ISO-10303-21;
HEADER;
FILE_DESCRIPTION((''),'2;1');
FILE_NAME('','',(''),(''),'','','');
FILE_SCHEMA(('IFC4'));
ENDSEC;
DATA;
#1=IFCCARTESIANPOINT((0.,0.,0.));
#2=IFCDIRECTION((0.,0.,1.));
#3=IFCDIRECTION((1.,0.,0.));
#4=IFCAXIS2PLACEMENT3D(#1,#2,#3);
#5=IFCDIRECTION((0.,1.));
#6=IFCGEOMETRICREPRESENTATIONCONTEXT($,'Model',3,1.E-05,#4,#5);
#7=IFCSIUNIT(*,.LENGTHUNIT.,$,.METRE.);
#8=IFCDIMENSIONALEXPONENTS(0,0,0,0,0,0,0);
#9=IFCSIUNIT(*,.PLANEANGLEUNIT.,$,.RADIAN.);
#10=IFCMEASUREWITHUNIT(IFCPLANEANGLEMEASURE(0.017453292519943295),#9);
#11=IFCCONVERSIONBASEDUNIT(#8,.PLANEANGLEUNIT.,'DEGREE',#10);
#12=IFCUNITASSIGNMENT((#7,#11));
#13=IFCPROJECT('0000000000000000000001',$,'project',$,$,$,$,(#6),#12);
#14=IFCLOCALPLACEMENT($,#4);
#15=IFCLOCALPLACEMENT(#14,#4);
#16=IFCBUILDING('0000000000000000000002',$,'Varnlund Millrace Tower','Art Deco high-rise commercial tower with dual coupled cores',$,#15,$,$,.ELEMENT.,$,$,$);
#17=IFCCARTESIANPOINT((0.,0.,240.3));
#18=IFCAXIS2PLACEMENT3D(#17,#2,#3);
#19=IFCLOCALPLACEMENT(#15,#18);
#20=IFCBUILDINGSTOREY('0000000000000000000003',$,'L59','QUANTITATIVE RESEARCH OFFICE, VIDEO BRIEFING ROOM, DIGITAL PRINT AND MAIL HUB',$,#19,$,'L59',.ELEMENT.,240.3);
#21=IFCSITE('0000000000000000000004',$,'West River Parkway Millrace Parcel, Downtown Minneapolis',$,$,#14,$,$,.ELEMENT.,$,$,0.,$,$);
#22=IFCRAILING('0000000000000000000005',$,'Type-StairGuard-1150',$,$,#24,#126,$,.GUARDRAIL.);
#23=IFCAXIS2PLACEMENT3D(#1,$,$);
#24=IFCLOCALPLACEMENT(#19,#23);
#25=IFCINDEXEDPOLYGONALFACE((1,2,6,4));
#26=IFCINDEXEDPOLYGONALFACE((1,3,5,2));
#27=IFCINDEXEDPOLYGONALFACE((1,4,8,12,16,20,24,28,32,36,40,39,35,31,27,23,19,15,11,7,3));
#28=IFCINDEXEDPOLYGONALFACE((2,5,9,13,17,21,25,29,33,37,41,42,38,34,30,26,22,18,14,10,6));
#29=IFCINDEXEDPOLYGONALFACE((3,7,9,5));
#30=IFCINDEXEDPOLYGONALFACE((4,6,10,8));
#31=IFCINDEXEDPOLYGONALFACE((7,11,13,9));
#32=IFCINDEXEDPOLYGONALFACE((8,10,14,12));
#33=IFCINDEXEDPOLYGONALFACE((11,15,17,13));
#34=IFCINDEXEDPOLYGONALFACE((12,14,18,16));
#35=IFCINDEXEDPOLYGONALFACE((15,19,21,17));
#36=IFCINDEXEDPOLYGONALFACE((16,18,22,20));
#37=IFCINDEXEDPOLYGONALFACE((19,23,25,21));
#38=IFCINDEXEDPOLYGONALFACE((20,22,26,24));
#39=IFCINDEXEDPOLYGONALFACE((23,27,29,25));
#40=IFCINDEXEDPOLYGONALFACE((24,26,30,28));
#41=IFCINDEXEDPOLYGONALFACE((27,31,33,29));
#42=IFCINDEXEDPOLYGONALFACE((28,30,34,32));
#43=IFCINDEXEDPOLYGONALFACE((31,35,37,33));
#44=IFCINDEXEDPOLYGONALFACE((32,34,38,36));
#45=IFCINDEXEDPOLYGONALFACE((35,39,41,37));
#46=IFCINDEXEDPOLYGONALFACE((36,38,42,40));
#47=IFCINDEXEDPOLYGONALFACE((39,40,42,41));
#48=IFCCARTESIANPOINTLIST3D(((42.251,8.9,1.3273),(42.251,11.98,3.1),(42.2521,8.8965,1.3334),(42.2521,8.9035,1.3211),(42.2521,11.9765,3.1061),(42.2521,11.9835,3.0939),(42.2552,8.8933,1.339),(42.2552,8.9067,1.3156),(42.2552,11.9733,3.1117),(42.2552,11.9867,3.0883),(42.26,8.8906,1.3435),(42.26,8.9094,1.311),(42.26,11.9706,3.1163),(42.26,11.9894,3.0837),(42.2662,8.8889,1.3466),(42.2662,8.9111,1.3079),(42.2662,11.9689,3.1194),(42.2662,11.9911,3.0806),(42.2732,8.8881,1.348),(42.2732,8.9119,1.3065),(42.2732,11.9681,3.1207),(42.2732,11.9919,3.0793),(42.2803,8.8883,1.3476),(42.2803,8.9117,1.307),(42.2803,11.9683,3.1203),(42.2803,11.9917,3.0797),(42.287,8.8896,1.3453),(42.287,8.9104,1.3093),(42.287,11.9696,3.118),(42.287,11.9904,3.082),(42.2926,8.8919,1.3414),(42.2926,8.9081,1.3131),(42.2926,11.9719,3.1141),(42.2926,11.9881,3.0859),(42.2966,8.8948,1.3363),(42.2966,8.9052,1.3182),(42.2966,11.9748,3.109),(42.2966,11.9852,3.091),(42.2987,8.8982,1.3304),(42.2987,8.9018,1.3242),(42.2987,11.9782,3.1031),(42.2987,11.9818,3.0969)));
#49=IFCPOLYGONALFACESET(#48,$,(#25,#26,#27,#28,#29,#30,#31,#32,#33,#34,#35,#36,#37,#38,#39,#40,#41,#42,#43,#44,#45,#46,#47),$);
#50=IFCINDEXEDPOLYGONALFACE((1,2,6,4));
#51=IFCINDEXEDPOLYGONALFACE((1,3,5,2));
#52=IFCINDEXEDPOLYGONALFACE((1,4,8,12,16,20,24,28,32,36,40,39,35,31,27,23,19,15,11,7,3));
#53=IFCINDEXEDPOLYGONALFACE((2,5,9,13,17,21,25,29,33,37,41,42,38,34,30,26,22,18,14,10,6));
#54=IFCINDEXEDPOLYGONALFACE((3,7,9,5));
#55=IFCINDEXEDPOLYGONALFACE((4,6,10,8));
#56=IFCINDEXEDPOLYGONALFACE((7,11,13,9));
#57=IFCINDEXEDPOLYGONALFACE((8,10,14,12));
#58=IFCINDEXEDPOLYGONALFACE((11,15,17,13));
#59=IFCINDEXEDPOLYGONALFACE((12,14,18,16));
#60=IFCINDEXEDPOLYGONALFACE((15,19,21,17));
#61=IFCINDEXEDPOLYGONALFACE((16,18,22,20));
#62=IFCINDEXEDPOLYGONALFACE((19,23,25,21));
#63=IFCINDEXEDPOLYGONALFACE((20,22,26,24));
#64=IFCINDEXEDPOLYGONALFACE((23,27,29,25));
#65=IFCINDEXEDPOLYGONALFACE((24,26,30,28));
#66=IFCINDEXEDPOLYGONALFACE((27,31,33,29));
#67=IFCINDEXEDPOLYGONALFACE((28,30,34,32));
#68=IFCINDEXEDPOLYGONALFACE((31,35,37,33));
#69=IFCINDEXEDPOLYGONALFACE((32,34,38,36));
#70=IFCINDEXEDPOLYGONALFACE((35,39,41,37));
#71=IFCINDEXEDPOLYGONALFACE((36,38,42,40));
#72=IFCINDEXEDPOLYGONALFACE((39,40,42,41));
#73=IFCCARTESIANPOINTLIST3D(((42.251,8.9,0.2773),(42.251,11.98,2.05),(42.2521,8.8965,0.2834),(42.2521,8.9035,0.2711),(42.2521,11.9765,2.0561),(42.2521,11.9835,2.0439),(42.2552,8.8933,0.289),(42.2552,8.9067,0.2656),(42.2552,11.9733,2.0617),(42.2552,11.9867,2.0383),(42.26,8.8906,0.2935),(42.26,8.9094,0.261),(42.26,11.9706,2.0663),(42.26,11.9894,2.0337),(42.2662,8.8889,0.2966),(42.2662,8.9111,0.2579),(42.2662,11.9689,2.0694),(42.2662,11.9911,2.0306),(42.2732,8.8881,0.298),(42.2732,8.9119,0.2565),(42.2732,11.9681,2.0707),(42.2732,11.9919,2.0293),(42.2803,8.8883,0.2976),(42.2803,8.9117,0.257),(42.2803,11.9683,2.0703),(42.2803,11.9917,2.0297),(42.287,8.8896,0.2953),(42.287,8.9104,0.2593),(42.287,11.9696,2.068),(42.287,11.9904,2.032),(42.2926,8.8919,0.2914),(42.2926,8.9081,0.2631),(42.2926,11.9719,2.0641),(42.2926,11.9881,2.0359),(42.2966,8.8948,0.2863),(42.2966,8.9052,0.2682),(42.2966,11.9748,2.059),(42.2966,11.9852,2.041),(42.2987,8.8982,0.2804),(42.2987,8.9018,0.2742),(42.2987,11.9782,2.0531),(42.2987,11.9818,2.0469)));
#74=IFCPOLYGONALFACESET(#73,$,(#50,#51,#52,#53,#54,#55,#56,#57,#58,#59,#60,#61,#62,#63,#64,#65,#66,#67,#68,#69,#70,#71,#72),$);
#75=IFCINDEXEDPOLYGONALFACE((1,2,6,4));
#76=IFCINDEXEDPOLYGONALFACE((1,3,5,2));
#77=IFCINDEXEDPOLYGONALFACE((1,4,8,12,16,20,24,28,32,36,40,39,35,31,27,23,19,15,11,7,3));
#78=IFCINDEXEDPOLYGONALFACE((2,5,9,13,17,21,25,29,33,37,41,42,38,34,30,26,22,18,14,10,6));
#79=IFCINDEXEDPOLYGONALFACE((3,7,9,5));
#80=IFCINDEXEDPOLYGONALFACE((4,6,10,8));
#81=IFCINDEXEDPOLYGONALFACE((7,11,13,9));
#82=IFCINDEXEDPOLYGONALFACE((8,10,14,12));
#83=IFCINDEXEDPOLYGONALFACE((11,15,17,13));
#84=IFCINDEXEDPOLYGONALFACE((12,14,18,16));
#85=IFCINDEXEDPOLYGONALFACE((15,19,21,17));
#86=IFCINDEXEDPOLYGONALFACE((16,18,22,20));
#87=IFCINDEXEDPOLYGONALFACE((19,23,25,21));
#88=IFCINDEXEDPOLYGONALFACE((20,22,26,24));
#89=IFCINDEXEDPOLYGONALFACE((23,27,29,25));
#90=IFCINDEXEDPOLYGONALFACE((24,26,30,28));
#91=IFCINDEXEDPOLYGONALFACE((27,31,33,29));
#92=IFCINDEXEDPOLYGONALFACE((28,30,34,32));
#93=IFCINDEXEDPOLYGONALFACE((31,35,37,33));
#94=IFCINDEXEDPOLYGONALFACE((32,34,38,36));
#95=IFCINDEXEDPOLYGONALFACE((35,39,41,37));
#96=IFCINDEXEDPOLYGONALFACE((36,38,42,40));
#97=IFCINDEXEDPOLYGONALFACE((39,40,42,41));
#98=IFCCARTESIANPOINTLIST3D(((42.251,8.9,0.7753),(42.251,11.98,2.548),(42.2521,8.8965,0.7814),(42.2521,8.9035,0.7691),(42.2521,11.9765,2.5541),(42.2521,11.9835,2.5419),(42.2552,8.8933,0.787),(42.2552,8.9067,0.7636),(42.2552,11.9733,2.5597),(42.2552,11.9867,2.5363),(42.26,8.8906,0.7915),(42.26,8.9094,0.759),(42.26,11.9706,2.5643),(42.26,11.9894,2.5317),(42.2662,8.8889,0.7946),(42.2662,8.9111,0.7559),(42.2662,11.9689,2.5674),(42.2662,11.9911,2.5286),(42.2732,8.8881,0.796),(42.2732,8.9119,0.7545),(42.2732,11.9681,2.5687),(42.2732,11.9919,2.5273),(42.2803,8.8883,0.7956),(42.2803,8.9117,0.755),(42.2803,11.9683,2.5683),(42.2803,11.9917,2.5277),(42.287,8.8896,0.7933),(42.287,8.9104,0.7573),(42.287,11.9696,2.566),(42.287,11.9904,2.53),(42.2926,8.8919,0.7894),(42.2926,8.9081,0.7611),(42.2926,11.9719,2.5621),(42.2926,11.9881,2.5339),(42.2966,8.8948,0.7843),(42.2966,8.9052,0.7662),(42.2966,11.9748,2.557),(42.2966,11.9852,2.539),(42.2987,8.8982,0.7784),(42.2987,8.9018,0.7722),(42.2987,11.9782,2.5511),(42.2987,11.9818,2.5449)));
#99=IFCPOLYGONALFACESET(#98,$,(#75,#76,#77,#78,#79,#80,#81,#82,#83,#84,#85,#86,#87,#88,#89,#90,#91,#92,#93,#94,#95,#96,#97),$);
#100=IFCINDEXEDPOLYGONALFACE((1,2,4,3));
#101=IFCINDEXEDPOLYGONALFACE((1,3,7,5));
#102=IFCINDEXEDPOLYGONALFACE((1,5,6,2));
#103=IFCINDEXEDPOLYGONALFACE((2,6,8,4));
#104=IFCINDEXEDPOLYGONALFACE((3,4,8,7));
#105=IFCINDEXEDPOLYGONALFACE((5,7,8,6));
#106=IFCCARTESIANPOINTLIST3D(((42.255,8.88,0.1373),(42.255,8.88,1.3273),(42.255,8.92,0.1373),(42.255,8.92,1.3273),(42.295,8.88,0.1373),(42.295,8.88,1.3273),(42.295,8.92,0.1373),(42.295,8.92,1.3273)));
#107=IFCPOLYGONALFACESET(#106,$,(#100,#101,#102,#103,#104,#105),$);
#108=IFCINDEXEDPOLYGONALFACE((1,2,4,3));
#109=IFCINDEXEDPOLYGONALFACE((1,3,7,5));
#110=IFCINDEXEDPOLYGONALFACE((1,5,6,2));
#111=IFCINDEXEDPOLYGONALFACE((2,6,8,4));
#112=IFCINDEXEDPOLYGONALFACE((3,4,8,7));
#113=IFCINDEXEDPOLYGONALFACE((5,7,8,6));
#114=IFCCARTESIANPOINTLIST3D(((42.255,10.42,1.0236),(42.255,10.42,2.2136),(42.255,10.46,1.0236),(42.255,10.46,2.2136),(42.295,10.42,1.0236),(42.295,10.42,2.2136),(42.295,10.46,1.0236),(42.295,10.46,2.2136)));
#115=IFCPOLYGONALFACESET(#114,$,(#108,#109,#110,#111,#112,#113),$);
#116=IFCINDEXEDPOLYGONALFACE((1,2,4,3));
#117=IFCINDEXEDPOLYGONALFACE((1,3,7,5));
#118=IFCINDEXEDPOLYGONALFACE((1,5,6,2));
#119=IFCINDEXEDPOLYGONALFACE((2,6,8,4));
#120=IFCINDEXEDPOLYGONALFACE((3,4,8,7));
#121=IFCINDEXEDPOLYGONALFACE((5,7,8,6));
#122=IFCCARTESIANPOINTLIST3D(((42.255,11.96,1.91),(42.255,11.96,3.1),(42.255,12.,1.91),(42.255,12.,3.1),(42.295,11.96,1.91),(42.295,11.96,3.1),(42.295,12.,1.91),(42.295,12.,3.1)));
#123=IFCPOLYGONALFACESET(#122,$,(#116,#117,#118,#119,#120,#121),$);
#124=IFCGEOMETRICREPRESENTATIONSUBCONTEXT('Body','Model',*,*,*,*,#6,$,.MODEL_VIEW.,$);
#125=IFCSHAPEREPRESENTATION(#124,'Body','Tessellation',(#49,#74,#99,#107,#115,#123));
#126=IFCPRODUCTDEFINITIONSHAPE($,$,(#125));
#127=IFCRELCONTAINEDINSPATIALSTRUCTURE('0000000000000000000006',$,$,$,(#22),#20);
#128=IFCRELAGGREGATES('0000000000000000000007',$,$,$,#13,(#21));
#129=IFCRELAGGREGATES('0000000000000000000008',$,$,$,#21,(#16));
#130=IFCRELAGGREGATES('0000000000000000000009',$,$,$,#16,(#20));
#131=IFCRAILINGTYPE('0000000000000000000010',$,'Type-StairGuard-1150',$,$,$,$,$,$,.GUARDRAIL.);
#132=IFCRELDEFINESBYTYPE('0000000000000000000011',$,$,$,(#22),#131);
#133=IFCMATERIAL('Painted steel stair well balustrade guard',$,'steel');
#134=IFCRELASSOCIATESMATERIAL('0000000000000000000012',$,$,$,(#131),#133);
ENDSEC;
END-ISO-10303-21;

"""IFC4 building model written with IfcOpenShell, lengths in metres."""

from ifc_helpers import new_model, entity, si_unit, converted_unit, direction, frame, origin_with_axes, origin_2d_with_axis, place, context, subcontext, project, spatial, rectangle, circle, extrude, material, type_object, element, save


model = new_model("IFC4")

# Units and contexts
model_context = context("Model", 3, precision=1e-05, world=origin_with_axes(), true_north=direction((0.0, 1.0)))
body_context = subcontext(model_context, "Body", "Model", "MODEL_VIEW")
ifc_project = project(units=[si_unit("LENGTHUNIT", "METRE"), converted_unit("PLANEANGLEUNIT", "DEGREE", entity("IfcPlaneAngleMeasure", 0.017453292519943295), si_unit("PLANEANGLEUNIT", "RADIAN"), dimensions=[0, 0, 0, 0, 0, 0, 0])], contexts=[model_context])

# Site, building, storey
site_placement = place(None, origin_with_axes())
site = spatial("IfcSite", under=ifc_project, at=site_placement, Name="West River Parkway Millrace Parcel, Downtown Minneapolis", CompositionType="ELEMENT", RefElevation=0.0)
building_placement = place(site_placement, origin_with_axes())
building = spatial("IfcBuilding", under=site, at=building_placement, Name="Varnlund Millrace Tower", Description="Art Deco high-rise commercial tower with dual coupled cores", CompositionType="ELEMENT")
storey_placement = place(building_placement, frame((0.0, 0.0, 240.3), z_axis=(0.0, 0.0, 1.0), x_axis=(1.0, 0.0, 0.0)))
storey = spatial("IfcBuildingStorey", under=building, at=storey_placement, Name="L59", Description="QUANTITATIVE RESEARCH OFFICE, VIDEO BRIEFING ROOM, DIGITAL PRINT AND MAIL HUB", LongName="L59", CompositionType="ELEMENT", Elevation=240.3)

# Railing
ifc_material_1 = material(Name="Painted steel stair well balustrade guard", Category="steel")
railing_type_1 = type_object("IfcRailingType", Name="Type-StairGuard-1150", PredefinedType="GUARDRAIL", material=ifc_material_1)
railing_1_placement = place(storey_placement, frame((0.0, 0.0, -240.3), z_axis=(0.0, 0.0, 1.0), x_axis=(1.0, 0.0, 0.0)))
element("IfcRailing", 1, at=railing_1_placement, inside=storey, type_object=railing_type_1, Name="Type-StairGuard-1150", PredefinedType="GUARDRAIL", context=body_context, shape_type="SweptSolid", body=[
    extrude(circle(Radius=0.024, at=origin_2d_with_axis()), frame((42.275, 8.9, 241.6273), z_axis=(0.0, 0.866696, 0.498836), x_axis=(-1.0, 0.0, 0.0)), (0.0, 0.0, 1.0), 3.5537),
    extrude(circle(Radius=0.024, at=origin_2d_with_axis()), frame((42.275, 8.9, 240.5773), z_axis=(0.0, 0.866696, 0.498836), x_axis=(-1.0, 0.0, 0.0)), (0.0, 0.0, 1.0), 3.5537),
    extrude(circle(Radius=0.024, at=origin_2d_with_axis()), frame((42.275, 8.9, 241.0753), z_axis=(0.0, 0.866696, 0.498836), x_axis=(-1.0, 0.0, 0.0)), (0.0, 0.0, 1.0), 3.5537),
    extrude(rectangle(XDim=0.04, YDim=0.04, at=origin_2d_with_axis()), frame((42.275, 8.9, 240.4373), z_axis=(0.0, 0.0, 1.0), x_axis=(1.0, 0.0, 0.0)), (0.0, 0.0, 1.0), 1.19),
    extrude(rectangle(XDim=0.04, YDim=0.04, at=origin_2d_with_axis()), frame((42.275, 10.44, 241.3236), z_axis=(0.0, 0.0, 1.0), x_axis=(1.0, 0.0, 0.0)), (0.0, 0.0, 1.0), 1.19),
    extrude(rectangle(XDim=0.04, YDim=0.04, at=origin_2d_with_axis()), frame((42.275, 11.98, 242.21), z_axis=(0.0, 0.0, 1.0), x_axis=(1.0, 0.0, 0.0)), (0.0, 0.0, 1.0), 1.19),
])

save(model, "model.ifc")
